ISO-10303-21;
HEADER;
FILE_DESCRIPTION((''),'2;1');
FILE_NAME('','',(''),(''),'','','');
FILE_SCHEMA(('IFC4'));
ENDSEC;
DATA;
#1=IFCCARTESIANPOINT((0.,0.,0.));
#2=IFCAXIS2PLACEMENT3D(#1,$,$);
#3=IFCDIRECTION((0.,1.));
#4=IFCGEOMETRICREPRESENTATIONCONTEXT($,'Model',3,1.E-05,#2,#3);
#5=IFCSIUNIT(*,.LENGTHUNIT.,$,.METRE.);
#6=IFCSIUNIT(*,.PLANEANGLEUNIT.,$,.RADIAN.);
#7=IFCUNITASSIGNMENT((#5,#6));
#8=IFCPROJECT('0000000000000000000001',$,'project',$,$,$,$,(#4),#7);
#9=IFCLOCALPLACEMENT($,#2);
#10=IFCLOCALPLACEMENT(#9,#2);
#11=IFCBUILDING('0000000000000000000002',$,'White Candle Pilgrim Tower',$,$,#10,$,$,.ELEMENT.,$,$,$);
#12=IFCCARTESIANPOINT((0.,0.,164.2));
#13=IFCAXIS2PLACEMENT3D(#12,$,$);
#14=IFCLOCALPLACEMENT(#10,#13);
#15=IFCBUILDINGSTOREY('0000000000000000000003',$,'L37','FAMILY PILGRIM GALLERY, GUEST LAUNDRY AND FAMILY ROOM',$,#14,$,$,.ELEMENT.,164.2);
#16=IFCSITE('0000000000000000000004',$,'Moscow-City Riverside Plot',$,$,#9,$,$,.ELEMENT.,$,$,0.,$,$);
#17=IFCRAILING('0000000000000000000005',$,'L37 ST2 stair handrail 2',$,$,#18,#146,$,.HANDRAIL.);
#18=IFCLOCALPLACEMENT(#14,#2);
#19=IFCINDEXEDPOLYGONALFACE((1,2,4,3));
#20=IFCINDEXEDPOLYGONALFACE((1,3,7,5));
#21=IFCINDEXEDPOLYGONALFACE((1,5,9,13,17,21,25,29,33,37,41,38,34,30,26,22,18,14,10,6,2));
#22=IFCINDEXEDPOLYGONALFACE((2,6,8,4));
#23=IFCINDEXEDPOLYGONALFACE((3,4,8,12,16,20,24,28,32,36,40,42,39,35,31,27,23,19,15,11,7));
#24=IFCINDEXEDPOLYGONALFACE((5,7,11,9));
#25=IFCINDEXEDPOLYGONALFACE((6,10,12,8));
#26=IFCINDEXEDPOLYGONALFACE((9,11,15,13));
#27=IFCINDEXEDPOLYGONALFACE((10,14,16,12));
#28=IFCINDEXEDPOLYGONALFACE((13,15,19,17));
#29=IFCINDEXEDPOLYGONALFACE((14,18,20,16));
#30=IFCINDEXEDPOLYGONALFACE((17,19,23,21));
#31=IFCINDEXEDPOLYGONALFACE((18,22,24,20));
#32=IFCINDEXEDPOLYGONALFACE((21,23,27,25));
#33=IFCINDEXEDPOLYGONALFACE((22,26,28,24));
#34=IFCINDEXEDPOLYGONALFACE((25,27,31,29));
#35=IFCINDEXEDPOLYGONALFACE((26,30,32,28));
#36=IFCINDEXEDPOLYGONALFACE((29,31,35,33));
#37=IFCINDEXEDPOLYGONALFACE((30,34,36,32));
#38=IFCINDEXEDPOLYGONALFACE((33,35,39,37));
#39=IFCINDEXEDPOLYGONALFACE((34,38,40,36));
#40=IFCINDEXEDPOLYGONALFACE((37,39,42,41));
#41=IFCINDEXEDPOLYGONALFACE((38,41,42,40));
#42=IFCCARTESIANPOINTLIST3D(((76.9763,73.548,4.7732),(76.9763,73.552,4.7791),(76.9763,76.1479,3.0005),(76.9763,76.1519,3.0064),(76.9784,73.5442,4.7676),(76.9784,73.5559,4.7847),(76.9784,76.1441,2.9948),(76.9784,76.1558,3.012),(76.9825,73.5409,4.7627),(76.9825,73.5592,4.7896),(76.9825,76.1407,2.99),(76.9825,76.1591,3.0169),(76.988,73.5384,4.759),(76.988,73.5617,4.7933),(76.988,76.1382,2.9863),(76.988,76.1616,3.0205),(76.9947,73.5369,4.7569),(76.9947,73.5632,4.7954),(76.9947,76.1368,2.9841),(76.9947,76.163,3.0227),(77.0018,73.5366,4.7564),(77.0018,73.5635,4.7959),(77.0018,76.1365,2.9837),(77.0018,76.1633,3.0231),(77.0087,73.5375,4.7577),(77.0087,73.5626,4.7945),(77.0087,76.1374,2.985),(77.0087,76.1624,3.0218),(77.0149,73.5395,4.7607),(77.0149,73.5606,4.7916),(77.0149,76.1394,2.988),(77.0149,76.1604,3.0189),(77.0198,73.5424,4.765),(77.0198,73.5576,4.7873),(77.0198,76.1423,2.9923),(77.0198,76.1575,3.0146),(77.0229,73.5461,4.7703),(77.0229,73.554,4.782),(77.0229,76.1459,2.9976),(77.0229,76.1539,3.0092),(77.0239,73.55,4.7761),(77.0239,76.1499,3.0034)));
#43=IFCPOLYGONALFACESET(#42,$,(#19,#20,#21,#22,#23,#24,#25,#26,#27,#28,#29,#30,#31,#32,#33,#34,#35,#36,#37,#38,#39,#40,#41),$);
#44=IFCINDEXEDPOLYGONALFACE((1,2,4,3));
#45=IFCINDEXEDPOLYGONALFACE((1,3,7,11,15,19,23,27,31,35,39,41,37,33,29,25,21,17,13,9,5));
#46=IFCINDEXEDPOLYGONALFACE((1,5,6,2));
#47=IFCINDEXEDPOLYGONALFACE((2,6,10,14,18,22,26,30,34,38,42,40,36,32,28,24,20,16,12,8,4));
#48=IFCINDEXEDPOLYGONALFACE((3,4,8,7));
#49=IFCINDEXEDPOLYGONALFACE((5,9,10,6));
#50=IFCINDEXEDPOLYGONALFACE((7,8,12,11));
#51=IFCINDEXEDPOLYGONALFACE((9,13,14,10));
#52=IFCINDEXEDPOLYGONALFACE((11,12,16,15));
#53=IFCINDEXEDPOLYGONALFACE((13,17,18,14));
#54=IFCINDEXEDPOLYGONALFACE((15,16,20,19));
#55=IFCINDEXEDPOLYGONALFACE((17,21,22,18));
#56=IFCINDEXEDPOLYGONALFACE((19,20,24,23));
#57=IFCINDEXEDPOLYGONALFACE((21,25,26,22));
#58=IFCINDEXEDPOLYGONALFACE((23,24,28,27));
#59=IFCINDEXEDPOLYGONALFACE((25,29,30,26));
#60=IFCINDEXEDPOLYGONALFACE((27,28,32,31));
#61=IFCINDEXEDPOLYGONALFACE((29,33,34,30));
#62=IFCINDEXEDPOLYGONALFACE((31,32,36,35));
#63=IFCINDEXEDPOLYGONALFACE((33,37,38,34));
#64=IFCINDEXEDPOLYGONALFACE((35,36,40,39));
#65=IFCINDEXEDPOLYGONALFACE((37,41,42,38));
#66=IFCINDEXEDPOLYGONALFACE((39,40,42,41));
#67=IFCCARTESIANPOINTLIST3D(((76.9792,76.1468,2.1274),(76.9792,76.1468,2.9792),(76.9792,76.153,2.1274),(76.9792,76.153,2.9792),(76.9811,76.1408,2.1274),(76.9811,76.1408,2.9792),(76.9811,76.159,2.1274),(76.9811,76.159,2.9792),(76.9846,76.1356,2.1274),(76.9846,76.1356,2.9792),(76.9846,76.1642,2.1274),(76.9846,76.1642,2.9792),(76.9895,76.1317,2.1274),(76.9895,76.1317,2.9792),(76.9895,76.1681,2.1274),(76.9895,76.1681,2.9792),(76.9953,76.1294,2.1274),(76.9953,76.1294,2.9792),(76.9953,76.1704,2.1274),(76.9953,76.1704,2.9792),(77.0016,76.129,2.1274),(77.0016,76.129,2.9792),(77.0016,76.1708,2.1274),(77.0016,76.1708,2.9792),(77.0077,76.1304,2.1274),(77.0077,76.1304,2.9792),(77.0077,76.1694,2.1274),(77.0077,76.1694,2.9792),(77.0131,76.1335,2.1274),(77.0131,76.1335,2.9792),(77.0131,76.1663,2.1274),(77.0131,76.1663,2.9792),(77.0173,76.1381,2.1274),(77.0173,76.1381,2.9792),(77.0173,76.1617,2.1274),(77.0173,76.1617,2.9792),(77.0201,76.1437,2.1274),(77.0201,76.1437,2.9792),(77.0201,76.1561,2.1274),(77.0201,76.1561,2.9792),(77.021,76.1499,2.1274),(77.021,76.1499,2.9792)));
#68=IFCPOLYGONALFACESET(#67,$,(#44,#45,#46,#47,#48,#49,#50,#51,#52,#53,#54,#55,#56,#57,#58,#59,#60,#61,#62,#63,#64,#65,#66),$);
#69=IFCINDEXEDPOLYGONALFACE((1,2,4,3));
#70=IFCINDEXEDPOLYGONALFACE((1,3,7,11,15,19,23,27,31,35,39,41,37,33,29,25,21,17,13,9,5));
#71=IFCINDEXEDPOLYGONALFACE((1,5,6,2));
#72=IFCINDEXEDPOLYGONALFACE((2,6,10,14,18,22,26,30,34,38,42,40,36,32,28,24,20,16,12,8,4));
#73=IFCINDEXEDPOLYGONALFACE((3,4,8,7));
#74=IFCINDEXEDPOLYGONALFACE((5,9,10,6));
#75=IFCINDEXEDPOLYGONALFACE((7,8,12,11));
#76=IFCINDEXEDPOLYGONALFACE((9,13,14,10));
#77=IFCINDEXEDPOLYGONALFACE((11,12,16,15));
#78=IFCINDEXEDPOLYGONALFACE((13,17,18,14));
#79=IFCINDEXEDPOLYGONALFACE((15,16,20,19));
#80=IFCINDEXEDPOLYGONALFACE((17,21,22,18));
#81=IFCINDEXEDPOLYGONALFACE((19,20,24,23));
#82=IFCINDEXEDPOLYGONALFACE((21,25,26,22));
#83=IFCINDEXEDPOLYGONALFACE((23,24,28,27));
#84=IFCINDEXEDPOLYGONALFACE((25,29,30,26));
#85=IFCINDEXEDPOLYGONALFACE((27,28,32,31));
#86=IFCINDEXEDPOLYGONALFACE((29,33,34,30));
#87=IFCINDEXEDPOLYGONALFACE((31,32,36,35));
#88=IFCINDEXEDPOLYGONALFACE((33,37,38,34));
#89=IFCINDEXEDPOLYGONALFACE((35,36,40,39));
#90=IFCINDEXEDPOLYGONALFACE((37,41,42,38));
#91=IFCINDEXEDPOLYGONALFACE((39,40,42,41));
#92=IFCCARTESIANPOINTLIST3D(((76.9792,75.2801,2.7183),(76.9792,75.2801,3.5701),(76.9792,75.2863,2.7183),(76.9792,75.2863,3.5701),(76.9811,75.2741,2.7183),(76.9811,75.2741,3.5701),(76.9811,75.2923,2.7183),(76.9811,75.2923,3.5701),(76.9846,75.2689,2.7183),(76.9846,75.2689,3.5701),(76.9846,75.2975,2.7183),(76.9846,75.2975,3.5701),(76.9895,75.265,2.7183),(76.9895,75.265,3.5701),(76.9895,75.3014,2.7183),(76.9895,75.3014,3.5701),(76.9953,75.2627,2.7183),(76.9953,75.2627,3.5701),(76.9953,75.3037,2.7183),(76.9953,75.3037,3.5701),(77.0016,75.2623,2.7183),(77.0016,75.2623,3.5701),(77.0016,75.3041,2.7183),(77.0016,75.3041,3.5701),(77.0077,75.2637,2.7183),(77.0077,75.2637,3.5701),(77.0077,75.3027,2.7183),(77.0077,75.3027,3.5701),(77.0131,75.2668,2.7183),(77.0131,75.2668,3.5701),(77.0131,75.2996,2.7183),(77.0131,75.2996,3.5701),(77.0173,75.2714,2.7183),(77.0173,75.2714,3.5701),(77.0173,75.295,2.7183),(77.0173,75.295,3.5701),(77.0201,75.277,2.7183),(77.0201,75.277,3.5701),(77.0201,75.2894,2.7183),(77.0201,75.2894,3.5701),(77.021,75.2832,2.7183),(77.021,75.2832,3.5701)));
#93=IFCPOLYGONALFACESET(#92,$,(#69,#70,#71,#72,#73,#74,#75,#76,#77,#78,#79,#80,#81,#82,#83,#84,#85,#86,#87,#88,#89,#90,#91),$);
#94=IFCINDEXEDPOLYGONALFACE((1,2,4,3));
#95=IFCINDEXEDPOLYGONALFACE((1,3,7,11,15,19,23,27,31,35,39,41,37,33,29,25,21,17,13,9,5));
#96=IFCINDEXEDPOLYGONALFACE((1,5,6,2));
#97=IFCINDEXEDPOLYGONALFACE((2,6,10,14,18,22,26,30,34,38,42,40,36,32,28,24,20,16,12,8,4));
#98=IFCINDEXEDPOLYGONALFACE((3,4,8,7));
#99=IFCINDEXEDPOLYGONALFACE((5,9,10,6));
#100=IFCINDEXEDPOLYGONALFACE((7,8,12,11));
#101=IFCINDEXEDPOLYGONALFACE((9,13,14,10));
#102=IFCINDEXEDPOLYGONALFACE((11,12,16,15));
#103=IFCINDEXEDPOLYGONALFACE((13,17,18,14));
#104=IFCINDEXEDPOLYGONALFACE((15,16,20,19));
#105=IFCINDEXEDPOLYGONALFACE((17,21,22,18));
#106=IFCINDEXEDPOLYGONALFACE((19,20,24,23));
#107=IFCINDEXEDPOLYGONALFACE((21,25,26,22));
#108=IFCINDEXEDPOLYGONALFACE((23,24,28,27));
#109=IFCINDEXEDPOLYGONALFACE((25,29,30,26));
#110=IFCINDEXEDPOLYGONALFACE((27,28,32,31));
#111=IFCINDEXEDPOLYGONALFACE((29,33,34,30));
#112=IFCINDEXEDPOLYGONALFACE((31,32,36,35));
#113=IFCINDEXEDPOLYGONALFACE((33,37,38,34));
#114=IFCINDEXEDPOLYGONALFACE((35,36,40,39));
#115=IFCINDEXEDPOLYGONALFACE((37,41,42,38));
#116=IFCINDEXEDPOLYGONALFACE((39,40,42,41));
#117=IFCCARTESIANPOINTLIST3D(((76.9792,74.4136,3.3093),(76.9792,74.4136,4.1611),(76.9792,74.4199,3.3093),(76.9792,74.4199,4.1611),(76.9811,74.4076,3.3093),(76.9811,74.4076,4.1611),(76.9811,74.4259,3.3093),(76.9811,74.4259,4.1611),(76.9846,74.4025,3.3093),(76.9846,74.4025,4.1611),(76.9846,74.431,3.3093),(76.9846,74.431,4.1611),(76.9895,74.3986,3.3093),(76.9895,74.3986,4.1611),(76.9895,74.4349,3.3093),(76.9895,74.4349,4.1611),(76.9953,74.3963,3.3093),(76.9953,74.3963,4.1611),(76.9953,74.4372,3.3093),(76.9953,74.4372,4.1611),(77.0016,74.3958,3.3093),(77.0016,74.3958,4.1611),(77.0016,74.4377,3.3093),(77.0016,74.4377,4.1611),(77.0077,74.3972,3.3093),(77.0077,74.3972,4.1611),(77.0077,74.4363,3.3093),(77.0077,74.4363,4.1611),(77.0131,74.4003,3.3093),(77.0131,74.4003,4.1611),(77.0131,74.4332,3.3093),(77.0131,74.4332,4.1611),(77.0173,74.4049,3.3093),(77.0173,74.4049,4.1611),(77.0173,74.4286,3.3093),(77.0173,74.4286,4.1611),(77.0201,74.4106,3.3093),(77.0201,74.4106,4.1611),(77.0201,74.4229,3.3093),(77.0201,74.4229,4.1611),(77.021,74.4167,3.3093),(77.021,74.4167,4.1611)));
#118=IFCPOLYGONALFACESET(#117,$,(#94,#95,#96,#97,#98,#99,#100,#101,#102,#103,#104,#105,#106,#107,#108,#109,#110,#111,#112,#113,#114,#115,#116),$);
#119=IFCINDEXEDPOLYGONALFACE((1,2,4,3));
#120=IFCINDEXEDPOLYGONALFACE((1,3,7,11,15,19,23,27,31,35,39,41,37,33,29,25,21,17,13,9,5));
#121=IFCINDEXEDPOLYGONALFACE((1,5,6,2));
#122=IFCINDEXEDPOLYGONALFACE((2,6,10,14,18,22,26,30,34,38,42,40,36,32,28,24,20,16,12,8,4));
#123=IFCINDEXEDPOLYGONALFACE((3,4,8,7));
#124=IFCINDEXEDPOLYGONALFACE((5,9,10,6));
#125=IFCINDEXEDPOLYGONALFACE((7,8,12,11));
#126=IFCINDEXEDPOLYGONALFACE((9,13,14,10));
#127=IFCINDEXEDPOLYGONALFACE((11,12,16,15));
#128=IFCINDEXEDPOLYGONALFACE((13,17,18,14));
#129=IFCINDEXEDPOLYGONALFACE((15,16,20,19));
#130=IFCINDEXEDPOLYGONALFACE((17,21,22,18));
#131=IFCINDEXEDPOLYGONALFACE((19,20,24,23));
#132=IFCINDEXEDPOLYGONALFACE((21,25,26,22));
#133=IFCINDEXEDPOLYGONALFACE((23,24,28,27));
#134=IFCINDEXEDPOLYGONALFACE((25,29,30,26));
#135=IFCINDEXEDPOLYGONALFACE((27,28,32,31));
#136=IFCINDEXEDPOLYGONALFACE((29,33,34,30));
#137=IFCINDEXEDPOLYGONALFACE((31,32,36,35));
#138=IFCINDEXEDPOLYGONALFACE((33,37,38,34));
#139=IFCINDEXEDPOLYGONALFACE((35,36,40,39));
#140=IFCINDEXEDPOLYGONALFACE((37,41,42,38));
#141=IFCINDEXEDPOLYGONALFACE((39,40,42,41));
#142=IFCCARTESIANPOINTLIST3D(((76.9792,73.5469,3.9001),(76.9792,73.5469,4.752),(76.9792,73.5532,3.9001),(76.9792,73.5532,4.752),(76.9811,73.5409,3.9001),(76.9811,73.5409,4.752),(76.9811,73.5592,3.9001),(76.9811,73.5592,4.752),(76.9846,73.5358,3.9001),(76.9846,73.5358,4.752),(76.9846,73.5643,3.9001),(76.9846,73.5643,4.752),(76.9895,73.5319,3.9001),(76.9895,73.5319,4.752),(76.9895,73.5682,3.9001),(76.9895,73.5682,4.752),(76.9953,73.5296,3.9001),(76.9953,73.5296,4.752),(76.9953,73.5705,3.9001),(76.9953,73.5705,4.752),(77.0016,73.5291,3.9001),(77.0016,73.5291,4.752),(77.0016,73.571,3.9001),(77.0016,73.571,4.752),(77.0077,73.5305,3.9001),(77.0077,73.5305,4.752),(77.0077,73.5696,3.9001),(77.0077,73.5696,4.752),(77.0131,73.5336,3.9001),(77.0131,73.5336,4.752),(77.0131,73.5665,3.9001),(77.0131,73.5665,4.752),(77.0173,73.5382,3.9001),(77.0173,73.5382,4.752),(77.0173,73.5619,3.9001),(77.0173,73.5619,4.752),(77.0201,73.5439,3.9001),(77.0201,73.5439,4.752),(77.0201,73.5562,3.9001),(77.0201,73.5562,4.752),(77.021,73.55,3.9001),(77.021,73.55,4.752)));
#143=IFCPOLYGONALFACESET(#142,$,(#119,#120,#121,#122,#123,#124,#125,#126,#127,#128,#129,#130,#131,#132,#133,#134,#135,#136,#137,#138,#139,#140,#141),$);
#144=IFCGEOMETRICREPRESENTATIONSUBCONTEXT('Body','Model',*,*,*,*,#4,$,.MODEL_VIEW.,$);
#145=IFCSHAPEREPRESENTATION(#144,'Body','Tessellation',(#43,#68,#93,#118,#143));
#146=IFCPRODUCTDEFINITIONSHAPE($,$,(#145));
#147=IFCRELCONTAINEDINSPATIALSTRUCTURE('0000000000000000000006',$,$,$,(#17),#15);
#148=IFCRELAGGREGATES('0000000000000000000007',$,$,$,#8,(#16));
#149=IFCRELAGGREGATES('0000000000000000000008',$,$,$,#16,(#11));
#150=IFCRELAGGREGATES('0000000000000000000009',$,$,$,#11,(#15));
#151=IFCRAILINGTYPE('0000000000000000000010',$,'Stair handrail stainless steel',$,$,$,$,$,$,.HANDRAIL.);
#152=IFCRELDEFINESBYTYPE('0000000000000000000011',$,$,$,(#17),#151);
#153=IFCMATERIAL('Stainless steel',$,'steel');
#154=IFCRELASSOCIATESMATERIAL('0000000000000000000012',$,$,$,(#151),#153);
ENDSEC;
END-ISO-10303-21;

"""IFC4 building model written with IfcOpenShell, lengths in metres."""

from ifc_helpers import new_model, si_unit, direction, frame, origin, origin_2d, place, context, subcontext, project, spatial, circle, extrude, material, type_object, element, save


model = new_model("IFC4")

# Units and contexts
model_context = context("Model", 3, precision=1e-05, world=origin(), true_north=direction((0.0, 1.0)))
body_context = subcontext(model_context, "Body", "Model", "MODEL_VIEW")
ifc_project = project(units=[si_unit("LENGTHUNIT", "METRE"), si_unit("PLANEANGLEUNIT", "RADIAN")], contexts=[model_context])

# Site, building, storey
site_placement = place(None, origin())
site = spatial("IfcSite", under=ifc_project, at=site_placement, Name="Moscow-City Riverside Plot", CompositionType="ELEMENT", RefElevation=0.0)
building_placement = place(site_placement, origin())
building = spatial("IfcBuilding", under=site, at=building_placement, Name="White Candle Pilgrim Tower", CompositionType="ELEMENT")
storey_placement = place(building_placement, frame((0.0, 0.0, 164.2)))
storey = spatial("IfcBuildingStorey", under=building, at=storey_placement, Name="L37", Description="FAMILY PILGRIM GALLERY, GUEST LAUNDRY AND FAMILY ROOM", CompositionType="ELEMENT", Elevation=164.2)

# Shared definitions
ifc_material_1 = material(Name="Stainless steel", Category="steel")

# Railing
railing_type_1 = type_object("IfcRailingType", Name="Stair handrail stainless steel", PredefinedType="HANDRAIL", material=ifc_material_1)
railing_1_placement = place(storey_placement, frame((77.0, 76.1499, 2.1274)))
element("IfcRailing", 1, at=railing_1_placement, inside=storey, type_object=railing_type_1, Name="L37 ST2 stair handrail 2", PredefinedType="HANDRAIL", context=body_context, shape_type="SweptSolid", body=[
    extrude(circle(Radius=0.0239, at=origin_2d()), frame((0.0, 0.0, 0.876), z_axis=(0.0, -0.826216, 0.563354), x_axis=(1.0, 0.0, 0.0)), (0.0, 0.0, 1.0), 3.1467),
    extrude(circle(Radius=0.021, at=origin_2d()), origin(), (0.0, 0.0, 1.0), 0.8518),
    extrude(circle(Radius=0.021, at=origin_2d()), frame((0.0, -0.8667, 0.5908)), (0.0, 0.0, 1.0), 0.8518),
    extrude(circle(Radius=0.021, at=origin_2d()), frame((0.0, -1.7332, 1.1819)), (0.0, 0.0, 1.0), 0.8518),
    extrude(circle(Radius=0.021, at=origin_2d()), frame((0.0, -2.5999, 1.7727)), (0.0, 0.0, 1.0), 0.8518),
])

save(model, "model.ifc")
